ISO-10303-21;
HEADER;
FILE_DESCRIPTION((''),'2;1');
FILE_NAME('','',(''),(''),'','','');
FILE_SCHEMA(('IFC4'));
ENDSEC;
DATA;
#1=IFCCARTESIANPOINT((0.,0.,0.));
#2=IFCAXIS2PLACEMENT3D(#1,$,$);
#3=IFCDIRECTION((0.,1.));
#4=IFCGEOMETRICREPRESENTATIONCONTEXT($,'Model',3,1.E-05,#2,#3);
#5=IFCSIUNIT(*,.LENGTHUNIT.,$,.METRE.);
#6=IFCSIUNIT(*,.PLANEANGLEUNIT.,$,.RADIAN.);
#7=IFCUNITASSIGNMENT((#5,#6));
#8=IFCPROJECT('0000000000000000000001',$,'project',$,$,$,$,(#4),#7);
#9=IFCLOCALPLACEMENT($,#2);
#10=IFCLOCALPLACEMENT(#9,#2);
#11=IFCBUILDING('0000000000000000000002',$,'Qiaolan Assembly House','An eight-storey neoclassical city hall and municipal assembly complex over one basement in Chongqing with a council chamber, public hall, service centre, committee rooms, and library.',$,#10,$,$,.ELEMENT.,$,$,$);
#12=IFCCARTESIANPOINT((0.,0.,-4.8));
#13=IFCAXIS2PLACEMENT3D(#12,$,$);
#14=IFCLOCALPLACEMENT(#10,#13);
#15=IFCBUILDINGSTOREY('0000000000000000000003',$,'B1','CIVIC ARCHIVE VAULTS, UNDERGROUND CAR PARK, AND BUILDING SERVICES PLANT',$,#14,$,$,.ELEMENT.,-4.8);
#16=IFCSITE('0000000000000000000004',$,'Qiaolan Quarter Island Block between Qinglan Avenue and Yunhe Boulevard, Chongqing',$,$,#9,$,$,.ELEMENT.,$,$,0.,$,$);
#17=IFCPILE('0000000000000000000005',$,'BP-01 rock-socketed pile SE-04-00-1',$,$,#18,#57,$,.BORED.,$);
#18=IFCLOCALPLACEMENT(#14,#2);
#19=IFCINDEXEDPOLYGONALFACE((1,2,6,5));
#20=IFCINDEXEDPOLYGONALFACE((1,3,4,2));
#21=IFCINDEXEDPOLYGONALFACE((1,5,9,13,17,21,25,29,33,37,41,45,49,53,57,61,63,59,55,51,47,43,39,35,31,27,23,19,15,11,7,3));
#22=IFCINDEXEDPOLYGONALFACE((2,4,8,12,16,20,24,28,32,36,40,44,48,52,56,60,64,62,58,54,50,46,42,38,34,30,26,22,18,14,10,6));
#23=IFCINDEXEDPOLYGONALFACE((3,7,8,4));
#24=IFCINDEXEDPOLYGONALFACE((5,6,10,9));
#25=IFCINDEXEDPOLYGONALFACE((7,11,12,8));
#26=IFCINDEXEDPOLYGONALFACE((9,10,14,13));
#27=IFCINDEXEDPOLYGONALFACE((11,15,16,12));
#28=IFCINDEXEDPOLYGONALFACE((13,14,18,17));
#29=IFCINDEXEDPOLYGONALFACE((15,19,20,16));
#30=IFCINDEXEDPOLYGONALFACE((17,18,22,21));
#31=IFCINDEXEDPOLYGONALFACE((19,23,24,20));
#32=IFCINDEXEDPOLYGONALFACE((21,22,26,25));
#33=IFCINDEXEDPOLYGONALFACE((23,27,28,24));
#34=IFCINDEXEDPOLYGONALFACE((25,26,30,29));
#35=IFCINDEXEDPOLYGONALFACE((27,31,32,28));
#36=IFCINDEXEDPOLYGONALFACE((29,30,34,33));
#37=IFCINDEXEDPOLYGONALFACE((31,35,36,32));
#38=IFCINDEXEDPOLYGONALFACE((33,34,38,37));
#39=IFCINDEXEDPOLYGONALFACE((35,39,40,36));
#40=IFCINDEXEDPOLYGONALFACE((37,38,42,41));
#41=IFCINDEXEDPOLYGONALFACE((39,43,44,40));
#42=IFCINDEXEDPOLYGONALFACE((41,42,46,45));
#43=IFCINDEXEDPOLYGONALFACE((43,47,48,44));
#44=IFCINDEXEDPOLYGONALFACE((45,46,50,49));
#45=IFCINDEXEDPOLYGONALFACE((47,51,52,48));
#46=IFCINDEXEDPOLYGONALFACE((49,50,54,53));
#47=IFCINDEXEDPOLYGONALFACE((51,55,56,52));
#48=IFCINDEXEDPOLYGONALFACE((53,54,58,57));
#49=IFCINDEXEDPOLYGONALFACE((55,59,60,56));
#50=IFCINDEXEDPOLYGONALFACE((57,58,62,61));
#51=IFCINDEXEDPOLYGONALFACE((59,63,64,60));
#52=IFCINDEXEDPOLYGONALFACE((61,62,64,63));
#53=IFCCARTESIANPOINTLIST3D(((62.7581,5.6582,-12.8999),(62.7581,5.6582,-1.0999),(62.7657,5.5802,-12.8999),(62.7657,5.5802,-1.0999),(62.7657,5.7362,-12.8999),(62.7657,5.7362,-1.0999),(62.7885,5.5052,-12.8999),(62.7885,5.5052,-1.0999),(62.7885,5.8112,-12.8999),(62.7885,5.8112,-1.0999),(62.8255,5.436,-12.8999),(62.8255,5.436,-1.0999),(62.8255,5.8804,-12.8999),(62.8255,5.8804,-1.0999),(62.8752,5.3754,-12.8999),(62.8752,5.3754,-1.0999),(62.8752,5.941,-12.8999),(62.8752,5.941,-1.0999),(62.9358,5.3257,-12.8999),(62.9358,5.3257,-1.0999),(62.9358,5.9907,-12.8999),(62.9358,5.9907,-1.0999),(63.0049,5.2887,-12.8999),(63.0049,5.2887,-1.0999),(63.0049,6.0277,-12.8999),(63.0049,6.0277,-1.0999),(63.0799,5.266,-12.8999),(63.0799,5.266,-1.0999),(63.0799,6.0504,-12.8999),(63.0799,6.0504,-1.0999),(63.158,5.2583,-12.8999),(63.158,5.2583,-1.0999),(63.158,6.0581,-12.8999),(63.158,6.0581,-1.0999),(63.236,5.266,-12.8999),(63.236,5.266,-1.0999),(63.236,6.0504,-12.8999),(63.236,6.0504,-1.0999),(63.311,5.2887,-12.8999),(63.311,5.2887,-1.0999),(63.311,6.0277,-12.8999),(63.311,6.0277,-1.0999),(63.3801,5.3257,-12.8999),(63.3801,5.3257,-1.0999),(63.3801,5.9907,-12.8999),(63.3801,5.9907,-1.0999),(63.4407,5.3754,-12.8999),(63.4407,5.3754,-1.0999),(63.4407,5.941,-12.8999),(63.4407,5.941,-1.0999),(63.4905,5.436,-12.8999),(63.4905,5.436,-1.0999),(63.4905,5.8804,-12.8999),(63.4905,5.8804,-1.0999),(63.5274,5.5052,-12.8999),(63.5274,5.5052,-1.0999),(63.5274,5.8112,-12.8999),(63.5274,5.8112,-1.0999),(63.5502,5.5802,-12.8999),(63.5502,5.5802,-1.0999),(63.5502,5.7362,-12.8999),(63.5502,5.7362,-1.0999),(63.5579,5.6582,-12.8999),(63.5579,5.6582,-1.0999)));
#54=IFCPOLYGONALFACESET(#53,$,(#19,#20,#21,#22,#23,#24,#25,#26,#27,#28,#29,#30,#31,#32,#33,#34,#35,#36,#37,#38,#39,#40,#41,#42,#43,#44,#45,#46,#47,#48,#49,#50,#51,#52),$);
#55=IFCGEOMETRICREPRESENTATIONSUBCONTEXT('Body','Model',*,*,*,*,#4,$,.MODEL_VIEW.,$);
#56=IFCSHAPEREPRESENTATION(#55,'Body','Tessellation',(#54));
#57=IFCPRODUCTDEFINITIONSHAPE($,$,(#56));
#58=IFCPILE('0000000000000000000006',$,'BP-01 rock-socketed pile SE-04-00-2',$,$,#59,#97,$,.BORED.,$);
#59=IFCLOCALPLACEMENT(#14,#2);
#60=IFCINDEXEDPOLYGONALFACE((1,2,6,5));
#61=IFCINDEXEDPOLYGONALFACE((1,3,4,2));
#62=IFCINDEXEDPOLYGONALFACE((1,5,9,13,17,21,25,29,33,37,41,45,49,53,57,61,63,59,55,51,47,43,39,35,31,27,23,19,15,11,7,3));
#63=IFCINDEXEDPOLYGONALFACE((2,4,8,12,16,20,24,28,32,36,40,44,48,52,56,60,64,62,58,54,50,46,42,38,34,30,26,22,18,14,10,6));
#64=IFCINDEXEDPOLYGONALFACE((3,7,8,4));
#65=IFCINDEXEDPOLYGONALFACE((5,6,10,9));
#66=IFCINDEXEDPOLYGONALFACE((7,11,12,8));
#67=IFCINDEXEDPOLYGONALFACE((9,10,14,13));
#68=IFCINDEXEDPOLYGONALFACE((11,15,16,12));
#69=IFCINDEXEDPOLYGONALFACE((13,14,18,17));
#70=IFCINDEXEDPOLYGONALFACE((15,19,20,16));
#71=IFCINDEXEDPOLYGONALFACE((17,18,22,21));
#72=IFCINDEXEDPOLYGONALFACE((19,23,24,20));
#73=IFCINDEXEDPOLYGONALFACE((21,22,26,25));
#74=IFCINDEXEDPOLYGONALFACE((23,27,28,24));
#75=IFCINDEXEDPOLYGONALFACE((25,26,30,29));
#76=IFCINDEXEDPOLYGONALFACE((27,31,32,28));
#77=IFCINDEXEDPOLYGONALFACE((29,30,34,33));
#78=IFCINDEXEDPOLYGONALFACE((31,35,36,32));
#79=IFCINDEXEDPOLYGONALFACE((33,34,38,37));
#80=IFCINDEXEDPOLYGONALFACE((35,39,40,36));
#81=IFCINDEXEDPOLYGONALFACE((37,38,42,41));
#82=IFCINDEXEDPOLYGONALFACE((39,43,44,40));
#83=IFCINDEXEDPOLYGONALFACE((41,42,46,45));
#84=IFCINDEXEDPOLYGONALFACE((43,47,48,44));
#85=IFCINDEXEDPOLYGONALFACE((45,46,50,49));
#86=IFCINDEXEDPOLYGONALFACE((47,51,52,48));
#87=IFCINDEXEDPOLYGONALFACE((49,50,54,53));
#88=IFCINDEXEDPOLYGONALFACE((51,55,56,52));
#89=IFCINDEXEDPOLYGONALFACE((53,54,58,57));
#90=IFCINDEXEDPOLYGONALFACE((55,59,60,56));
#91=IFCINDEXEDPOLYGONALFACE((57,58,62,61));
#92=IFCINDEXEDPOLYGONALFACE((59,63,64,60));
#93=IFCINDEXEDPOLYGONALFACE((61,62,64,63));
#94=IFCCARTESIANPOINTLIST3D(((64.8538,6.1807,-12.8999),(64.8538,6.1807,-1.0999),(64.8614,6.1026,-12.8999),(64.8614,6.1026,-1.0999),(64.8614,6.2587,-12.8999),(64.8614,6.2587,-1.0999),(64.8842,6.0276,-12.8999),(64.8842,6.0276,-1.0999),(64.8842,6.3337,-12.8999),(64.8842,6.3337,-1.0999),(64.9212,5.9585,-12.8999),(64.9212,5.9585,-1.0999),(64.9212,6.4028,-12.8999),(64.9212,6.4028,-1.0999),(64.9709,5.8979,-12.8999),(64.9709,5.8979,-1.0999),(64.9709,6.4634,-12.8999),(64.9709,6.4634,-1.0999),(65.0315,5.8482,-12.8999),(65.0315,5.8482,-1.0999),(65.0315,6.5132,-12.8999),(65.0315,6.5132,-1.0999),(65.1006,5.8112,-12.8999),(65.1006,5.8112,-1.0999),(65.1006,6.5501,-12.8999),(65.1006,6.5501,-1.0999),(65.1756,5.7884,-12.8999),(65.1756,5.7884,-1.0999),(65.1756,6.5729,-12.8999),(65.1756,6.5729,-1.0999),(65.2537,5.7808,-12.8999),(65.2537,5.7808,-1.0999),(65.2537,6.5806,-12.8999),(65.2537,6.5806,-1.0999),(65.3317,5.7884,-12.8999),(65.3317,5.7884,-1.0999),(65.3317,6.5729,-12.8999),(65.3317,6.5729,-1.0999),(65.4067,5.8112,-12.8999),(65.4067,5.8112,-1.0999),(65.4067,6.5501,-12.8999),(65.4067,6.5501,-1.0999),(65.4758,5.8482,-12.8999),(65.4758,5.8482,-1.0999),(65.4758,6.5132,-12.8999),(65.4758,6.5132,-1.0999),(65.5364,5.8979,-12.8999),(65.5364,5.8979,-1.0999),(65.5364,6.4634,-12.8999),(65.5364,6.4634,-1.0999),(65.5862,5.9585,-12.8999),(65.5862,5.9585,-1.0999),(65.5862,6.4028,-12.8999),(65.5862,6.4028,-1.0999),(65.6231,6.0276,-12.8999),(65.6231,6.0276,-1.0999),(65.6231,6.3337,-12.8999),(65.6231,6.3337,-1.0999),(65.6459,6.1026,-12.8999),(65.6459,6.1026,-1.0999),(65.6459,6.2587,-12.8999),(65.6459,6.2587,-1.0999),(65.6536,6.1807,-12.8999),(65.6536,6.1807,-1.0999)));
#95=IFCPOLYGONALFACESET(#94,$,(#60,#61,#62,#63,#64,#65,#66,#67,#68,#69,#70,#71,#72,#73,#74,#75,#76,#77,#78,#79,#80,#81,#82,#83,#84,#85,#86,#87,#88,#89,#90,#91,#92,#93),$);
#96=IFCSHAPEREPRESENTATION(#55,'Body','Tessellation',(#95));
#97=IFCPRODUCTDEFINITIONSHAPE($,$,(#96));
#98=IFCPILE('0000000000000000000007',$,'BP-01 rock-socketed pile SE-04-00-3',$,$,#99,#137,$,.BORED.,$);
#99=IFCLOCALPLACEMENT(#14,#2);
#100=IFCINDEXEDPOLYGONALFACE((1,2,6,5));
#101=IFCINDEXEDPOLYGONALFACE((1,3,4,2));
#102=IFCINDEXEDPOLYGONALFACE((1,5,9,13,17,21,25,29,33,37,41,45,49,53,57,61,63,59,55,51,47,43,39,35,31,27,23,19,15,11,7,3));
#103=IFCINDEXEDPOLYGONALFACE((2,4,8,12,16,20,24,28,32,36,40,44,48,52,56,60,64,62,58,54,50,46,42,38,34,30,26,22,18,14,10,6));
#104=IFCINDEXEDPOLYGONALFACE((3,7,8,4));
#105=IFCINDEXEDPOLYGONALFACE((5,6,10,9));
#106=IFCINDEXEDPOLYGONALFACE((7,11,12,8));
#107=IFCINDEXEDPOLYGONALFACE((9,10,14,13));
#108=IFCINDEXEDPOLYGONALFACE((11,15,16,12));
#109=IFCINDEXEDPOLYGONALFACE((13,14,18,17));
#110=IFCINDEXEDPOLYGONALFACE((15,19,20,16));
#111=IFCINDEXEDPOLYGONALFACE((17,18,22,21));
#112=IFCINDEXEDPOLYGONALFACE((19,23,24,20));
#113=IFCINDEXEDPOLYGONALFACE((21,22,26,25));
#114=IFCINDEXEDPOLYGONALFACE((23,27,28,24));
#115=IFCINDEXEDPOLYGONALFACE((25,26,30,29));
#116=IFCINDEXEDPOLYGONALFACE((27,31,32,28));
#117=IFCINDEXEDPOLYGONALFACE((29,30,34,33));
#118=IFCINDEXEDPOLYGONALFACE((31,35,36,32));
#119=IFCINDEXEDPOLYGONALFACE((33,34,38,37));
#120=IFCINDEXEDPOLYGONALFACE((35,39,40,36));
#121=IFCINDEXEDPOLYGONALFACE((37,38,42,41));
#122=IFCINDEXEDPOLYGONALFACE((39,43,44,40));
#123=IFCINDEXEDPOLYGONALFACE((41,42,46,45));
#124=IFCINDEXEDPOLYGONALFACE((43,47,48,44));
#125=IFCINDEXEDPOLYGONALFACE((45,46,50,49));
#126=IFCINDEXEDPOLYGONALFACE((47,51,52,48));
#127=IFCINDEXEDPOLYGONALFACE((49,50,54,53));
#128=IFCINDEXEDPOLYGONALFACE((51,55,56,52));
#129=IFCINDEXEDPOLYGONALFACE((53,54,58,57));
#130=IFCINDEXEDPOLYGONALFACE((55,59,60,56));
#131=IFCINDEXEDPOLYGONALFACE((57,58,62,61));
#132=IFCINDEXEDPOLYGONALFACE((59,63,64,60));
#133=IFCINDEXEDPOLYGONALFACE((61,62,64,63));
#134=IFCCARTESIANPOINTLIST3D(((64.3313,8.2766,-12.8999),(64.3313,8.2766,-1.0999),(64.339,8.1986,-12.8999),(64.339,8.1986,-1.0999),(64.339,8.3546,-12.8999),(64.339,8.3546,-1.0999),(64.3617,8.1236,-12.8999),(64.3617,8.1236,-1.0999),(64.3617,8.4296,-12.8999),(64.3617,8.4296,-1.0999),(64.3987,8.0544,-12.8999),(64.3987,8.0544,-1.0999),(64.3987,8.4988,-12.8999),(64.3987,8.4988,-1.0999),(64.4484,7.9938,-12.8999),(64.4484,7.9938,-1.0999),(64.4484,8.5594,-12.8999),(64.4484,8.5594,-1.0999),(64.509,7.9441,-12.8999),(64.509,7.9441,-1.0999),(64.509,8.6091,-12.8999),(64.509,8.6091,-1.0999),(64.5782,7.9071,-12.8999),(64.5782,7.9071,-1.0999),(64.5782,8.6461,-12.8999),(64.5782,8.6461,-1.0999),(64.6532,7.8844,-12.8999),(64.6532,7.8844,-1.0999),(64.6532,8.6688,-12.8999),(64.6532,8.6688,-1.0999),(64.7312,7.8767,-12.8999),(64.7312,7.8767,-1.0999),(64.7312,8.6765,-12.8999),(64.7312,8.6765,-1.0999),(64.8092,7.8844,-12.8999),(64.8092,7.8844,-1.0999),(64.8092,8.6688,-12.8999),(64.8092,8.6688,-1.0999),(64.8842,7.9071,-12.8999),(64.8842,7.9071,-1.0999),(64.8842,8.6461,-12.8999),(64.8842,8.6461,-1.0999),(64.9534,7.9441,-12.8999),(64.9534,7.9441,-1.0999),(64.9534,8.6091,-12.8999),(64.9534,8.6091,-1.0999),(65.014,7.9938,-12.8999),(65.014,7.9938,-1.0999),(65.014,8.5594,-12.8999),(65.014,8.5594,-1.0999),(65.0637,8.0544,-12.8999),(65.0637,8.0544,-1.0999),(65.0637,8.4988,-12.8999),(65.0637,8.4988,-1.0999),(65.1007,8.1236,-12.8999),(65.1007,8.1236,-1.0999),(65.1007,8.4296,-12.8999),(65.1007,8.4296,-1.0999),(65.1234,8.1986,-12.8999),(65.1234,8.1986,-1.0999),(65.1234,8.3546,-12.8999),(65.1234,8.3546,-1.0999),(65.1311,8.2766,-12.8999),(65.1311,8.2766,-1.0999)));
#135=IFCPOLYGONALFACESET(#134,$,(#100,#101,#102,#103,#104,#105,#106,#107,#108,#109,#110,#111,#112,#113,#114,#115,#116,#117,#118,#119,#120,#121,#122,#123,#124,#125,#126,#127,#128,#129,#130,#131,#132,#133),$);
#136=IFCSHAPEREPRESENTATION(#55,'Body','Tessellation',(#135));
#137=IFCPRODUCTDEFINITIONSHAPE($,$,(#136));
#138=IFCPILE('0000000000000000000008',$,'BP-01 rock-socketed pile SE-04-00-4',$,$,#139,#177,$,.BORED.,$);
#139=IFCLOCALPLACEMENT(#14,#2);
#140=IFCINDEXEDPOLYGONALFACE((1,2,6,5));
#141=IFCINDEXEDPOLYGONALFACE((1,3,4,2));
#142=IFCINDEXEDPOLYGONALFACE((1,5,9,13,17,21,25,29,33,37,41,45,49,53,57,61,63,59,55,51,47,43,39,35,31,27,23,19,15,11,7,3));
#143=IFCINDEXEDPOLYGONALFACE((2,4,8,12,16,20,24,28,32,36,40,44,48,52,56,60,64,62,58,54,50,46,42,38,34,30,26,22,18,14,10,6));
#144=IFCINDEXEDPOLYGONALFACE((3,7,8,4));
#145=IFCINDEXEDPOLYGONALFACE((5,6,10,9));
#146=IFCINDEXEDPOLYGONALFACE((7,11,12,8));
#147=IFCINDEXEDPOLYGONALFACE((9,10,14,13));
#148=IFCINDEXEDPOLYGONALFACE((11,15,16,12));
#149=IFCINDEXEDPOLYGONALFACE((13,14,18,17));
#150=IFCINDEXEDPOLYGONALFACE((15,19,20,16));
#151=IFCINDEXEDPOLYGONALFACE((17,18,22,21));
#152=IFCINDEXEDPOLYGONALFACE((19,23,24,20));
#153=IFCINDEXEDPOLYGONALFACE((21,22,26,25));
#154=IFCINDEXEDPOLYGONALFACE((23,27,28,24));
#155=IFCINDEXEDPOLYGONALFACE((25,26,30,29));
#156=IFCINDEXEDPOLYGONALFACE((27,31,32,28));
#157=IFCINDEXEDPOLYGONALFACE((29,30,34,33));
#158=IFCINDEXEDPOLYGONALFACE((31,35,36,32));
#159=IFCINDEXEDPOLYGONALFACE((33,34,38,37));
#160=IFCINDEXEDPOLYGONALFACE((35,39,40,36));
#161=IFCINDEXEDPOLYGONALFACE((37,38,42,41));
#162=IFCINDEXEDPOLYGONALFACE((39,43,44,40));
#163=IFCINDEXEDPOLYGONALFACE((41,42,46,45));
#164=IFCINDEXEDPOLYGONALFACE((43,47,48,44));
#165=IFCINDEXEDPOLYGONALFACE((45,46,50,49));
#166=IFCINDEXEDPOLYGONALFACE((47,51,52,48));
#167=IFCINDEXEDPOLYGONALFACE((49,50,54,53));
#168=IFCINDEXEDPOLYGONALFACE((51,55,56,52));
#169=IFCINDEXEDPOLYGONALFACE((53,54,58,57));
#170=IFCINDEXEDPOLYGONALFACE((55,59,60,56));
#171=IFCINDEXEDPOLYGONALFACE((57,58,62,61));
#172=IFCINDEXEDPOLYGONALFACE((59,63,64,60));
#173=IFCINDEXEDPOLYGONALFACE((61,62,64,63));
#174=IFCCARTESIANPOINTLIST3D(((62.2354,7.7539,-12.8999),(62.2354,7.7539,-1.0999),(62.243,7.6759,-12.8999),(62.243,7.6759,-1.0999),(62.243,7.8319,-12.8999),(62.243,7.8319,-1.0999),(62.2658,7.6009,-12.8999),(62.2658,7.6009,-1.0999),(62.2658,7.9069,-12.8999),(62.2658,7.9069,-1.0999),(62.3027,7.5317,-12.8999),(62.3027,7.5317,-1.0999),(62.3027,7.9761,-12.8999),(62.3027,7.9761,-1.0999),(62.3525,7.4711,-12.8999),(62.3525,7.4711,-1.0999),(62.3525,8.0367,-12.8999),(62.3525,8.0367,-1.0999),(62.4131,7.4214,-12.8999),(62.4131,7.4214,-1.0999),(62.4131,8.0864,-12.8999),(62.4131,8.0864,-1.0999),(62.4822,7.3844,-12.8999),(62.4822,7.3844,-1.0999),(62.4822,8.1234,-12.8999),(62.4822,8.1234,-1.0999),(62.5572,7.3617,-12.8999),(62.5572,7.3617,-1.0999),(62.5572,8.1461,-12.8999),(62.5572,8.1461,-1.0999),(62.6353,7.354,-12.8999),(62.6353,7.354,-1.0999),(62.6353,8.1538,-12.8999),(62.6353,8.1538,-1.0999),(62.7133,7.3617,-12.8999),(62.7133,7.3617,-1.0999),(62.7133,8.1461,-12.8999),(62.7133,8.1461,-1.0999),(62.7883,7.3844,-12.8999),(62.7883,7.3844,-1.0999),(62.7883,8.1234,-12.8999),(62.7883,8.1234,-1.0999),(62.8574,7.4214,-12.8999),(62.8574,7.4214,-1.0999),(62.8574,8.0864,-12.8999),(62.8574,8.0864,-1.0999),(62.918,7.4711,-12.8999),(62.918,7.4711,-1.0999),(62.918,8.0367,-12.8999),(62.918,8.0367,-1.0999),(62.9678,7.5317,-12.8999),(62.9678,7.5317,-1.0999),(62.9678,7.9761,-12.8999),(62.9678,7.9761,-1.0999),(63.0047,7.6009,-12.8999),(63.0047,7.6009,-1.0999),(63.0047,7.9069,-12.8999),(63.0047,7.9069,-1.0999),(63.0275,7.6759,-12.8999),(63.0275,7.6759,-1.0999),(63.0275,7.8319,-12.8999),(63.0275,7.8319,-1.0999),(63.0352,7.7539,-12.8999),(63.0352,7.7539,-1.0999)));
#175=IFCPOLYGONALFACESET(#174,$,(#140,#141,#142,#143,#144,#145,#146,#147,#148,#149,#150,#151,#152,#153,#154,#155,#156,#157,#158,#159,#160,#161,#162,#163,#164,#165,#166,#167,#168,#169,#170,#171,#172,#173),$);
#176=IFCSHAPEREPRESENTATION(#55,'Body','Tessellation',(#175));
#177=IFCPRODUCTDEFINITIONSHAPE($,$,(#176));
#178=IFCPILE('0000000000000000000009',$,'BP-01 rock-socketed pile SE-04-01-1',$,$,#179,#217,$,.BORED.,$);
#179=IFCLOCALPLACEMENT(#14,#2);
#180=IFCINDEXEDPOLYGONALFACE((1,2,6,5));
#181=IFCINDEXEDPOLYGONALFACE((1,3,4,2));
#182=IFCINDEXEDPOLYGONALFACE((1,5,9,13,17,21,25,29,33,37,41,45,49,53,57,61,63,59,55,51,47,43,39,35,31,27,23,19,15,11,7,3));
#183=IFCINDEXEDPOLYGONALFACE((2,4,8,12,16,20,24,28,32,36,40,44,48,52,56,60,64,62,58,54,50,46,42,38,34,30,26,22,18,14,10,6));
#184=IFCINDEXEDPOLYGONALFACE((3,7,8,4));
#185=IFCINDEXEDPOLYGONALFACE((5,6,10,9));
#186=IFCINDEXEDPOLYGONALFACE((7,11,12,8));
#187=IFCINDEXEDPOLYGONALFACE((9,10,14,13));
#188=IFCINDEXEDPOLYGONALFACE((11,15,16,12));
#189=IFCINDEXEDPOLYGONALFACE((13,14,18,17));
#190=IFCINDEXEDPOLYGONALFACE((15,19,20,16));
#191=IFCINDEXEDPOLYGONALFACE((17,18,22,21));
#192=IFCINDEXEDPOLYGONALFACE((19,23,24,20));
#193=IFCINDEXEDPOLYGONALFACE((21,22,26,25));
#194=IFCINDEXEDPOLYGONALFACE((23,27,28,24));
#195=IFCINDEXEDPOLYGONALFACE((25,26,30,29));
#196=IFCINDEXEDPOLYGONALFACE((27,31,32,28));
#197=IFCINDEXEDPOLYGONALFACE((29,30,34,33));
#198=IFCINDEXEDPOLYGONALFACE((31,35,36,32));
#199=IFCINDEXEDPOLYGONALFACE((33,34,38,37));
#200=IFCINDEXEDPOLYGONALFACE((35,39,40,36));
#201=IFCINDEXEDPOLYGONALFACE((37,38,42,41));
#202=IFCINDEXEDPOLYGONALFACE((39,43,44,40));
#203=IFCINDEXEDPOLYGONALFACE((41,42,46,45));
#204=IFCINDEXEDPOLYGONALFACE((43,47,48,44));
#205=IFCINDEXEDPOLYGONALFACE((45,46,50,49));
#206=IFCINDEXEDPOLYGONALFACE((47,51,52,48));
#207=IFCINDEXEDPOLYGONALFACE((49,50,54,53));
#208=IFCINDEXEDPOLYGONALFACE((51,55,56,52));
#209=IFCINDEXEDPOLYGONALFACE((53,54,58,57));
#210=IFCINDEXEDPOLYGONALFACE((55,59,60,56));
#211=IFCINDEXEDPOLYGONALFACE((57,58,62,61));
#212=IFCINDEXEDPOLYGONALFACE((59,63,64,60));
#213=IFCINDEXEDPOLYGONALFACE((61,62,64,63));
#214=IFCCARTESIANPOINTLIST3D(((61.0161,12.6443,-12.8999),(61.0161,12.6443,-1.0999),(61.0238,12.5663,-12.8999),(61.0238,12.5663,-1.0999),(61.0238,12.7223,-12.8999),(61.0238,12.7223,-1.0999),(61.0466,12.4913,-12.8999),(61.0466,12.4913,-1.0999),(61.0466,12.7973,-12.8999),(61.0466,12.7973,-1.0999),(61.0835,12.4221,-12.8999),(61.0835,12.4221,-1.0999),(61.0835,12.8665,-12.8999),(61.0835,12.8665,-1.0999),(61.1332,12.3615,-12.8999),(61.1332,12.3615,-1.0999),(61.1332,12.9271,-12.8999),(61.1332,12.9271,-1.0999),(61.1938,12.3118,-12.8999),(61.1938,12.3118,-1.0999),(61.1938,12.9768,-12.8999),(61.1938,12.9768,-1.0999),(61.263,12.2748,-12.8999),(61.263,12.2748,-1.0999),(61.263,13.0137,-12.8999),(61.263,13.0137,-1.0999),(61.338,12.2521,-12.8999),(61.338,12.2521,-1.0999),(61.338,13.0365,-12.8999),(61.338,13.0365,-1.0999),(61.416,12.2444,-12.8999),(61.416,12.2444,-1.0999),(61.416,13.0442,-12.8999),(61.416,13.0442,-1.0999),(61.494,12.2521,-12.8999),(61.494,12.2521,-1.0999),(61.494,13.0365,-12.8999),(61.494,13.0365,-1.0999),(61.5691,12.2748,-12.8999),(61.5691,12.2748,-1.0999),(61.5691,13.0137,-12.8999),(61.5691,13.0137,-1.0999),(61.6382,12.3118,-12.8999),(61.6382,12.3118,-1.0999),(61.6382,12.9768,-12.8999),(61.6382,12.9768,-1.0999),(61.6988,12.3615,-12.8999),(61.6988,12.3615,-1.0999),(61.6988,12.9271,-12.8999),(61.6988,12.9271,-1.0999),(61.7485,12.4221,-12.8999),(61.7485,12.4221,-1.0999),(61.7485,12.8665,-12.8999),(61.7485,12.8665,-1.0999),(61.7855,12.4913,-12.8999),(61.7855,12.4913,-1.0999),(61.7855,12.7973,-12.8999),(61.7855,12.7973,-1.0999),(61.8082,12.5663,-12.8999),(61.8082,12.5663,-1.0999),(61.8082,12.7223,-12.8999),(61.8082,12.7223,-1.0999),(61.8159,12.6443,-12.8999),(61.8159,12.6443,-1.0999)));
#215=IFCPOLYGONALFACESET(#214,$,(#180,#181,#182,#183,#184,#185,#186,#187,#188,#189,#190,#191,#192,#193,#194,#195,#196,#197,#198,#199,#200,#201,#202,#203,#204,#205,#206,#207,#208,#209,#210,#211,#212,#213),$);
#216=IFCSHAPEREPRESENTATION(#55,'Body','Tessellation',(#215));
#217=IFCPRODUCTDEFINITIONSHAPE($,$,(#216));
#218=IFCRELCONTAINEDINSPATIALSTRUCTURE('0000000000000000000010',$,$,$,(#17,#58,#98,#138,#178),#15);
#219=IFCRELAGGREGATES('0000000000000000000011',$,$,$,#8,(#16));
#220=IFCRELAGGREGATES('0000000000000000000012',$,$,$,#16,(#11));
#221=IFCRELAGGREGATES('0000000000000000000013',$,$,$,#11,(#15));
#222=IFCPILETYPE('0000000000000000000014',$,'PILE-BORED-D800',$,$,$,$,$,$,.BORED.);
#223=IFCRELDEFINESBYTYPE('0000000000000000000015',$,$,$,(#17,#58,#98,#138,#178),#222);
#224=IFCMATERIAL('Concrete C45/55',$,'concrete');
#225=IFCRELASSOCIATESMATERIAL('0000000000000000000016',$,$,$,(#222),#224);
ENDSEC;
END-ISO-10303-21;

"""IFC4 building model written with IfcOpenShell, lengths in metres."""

from ifc_helpers import new_model, si_unit, direction, frame, origin, origin_2d, place, context, subcontext, project, spatial, circle, extrude, material, material_profile, profile_set, type_object, element, save


model = new_model("IFC4")

# Units and contexts
model_context = context("Model", 3, precision=1e-05, world=origin(), true_north=direction((0.0, 1.0)))
body_context = subcontext(model_context, "Body", "Model", "MODEL_VIEW")
ifc_project = project(units=[si_unit("LENGTHUNIT", "METRE"), si_unit("PLANEANGLEUNIT", "RADIAN")], contexts=[model_context])

# Site, building, storey
site_placement = place(None, origin())
site = spatial("IfcSite", under=ifc_project, at=site_placement, Name="Qiaolan Quarter Island Block between Qinglan Avenue and Yunhe Boulevard, Chongqing", CompositionType="ELEMENT", RefElevation=0.0)
building_placement = place(site_placement, origin())
building = spatial("IfcBuilding", under=site, at=building_placement, Name="Qiaolan Assembly House", Description="An eight-storey neoclassical city hall and municipal assembly complex over one basement in Chongqing with a council chamber, public hall, service centre, committee rooms, and library.", CompositionType="ELEMENT")
storey_placement = place(building_placement, frame((0.0, 0.0, -4.8)))
storey = spatial("IfcBuildingStorey", under=building, at=storey_placement, Name="B1", Description="CIVIC ARCHIVE VAULTS, UNDERGROUND CAR PARK, AND BUILDING SERVICES PLANT", CompositionType="ELEMENT", Elevation=-4.8)

# Piles
ifc_material_1 = material(Name="Concrete C45/55", Category="concrete")
ifc_material_profile_1 = material_profile(ifc_material_1, circle(Radius=0.3999, at=origin_2d()), Name="PILE D800")
ifc_profile_set_1 = profile_set([ifc_material_profile_1], Name="Concrete C45/55")
pile_type = type_object("IfcPileType", Name="PILE-BORED-D800", PredefinedType="BORED", material=ifc_profile_set_1)
for number, where, z_axis, x_axis, name in (
    (1, (63.158, 5.6582, -1.0999), (0.0, 0.0, -1.0), (1.0, 0.0, 0.0), "BP-01 rock-socketed pile SE-04-00-1"),
    (2, (65.2537, 6.1807, -1.0999), (0.0, 0.0, -1.0), (1.0, 0.0, 0.0), "BP-01 rock-socketed pile SE-04-00-2"),
    (3, (64.7312, 8.2766, -1.0999), (0.0, 0.0, -1.0), (1.0, 0.0, 0.0), "BP-01 rock-socketed pile SE-04-00-3"),
    (4, (62.6353, 7.7539, -1.0999), (0.0, 0.0, -1.0), (1.0, 0.0, 0.0), "BP-01 rock-socketed pile SE-04-00-4"),
    (5, (61.416, 12.6443, -1.0999), (0.0, 0.0, -1.0), (1.0, 0.0, 0.0), "BP-01 rock-socketed pile SE-04-01-1"),
):
    element("IfcPile", number, at=place(storey_placement, frame(where, z_axis=z_axis, x_axis=x_axis)), inside=storey, type_object=pile_type, Name=name, PredefinedType="BORED", context=body_context, shape_type="SweptSolid", body=[
        extrude(circle(Radius=0.3999, at=origin_2d()), origin(), (0.0, 0.0, 1.0), 11.8),
    ])

save(model, "model.ifc")
